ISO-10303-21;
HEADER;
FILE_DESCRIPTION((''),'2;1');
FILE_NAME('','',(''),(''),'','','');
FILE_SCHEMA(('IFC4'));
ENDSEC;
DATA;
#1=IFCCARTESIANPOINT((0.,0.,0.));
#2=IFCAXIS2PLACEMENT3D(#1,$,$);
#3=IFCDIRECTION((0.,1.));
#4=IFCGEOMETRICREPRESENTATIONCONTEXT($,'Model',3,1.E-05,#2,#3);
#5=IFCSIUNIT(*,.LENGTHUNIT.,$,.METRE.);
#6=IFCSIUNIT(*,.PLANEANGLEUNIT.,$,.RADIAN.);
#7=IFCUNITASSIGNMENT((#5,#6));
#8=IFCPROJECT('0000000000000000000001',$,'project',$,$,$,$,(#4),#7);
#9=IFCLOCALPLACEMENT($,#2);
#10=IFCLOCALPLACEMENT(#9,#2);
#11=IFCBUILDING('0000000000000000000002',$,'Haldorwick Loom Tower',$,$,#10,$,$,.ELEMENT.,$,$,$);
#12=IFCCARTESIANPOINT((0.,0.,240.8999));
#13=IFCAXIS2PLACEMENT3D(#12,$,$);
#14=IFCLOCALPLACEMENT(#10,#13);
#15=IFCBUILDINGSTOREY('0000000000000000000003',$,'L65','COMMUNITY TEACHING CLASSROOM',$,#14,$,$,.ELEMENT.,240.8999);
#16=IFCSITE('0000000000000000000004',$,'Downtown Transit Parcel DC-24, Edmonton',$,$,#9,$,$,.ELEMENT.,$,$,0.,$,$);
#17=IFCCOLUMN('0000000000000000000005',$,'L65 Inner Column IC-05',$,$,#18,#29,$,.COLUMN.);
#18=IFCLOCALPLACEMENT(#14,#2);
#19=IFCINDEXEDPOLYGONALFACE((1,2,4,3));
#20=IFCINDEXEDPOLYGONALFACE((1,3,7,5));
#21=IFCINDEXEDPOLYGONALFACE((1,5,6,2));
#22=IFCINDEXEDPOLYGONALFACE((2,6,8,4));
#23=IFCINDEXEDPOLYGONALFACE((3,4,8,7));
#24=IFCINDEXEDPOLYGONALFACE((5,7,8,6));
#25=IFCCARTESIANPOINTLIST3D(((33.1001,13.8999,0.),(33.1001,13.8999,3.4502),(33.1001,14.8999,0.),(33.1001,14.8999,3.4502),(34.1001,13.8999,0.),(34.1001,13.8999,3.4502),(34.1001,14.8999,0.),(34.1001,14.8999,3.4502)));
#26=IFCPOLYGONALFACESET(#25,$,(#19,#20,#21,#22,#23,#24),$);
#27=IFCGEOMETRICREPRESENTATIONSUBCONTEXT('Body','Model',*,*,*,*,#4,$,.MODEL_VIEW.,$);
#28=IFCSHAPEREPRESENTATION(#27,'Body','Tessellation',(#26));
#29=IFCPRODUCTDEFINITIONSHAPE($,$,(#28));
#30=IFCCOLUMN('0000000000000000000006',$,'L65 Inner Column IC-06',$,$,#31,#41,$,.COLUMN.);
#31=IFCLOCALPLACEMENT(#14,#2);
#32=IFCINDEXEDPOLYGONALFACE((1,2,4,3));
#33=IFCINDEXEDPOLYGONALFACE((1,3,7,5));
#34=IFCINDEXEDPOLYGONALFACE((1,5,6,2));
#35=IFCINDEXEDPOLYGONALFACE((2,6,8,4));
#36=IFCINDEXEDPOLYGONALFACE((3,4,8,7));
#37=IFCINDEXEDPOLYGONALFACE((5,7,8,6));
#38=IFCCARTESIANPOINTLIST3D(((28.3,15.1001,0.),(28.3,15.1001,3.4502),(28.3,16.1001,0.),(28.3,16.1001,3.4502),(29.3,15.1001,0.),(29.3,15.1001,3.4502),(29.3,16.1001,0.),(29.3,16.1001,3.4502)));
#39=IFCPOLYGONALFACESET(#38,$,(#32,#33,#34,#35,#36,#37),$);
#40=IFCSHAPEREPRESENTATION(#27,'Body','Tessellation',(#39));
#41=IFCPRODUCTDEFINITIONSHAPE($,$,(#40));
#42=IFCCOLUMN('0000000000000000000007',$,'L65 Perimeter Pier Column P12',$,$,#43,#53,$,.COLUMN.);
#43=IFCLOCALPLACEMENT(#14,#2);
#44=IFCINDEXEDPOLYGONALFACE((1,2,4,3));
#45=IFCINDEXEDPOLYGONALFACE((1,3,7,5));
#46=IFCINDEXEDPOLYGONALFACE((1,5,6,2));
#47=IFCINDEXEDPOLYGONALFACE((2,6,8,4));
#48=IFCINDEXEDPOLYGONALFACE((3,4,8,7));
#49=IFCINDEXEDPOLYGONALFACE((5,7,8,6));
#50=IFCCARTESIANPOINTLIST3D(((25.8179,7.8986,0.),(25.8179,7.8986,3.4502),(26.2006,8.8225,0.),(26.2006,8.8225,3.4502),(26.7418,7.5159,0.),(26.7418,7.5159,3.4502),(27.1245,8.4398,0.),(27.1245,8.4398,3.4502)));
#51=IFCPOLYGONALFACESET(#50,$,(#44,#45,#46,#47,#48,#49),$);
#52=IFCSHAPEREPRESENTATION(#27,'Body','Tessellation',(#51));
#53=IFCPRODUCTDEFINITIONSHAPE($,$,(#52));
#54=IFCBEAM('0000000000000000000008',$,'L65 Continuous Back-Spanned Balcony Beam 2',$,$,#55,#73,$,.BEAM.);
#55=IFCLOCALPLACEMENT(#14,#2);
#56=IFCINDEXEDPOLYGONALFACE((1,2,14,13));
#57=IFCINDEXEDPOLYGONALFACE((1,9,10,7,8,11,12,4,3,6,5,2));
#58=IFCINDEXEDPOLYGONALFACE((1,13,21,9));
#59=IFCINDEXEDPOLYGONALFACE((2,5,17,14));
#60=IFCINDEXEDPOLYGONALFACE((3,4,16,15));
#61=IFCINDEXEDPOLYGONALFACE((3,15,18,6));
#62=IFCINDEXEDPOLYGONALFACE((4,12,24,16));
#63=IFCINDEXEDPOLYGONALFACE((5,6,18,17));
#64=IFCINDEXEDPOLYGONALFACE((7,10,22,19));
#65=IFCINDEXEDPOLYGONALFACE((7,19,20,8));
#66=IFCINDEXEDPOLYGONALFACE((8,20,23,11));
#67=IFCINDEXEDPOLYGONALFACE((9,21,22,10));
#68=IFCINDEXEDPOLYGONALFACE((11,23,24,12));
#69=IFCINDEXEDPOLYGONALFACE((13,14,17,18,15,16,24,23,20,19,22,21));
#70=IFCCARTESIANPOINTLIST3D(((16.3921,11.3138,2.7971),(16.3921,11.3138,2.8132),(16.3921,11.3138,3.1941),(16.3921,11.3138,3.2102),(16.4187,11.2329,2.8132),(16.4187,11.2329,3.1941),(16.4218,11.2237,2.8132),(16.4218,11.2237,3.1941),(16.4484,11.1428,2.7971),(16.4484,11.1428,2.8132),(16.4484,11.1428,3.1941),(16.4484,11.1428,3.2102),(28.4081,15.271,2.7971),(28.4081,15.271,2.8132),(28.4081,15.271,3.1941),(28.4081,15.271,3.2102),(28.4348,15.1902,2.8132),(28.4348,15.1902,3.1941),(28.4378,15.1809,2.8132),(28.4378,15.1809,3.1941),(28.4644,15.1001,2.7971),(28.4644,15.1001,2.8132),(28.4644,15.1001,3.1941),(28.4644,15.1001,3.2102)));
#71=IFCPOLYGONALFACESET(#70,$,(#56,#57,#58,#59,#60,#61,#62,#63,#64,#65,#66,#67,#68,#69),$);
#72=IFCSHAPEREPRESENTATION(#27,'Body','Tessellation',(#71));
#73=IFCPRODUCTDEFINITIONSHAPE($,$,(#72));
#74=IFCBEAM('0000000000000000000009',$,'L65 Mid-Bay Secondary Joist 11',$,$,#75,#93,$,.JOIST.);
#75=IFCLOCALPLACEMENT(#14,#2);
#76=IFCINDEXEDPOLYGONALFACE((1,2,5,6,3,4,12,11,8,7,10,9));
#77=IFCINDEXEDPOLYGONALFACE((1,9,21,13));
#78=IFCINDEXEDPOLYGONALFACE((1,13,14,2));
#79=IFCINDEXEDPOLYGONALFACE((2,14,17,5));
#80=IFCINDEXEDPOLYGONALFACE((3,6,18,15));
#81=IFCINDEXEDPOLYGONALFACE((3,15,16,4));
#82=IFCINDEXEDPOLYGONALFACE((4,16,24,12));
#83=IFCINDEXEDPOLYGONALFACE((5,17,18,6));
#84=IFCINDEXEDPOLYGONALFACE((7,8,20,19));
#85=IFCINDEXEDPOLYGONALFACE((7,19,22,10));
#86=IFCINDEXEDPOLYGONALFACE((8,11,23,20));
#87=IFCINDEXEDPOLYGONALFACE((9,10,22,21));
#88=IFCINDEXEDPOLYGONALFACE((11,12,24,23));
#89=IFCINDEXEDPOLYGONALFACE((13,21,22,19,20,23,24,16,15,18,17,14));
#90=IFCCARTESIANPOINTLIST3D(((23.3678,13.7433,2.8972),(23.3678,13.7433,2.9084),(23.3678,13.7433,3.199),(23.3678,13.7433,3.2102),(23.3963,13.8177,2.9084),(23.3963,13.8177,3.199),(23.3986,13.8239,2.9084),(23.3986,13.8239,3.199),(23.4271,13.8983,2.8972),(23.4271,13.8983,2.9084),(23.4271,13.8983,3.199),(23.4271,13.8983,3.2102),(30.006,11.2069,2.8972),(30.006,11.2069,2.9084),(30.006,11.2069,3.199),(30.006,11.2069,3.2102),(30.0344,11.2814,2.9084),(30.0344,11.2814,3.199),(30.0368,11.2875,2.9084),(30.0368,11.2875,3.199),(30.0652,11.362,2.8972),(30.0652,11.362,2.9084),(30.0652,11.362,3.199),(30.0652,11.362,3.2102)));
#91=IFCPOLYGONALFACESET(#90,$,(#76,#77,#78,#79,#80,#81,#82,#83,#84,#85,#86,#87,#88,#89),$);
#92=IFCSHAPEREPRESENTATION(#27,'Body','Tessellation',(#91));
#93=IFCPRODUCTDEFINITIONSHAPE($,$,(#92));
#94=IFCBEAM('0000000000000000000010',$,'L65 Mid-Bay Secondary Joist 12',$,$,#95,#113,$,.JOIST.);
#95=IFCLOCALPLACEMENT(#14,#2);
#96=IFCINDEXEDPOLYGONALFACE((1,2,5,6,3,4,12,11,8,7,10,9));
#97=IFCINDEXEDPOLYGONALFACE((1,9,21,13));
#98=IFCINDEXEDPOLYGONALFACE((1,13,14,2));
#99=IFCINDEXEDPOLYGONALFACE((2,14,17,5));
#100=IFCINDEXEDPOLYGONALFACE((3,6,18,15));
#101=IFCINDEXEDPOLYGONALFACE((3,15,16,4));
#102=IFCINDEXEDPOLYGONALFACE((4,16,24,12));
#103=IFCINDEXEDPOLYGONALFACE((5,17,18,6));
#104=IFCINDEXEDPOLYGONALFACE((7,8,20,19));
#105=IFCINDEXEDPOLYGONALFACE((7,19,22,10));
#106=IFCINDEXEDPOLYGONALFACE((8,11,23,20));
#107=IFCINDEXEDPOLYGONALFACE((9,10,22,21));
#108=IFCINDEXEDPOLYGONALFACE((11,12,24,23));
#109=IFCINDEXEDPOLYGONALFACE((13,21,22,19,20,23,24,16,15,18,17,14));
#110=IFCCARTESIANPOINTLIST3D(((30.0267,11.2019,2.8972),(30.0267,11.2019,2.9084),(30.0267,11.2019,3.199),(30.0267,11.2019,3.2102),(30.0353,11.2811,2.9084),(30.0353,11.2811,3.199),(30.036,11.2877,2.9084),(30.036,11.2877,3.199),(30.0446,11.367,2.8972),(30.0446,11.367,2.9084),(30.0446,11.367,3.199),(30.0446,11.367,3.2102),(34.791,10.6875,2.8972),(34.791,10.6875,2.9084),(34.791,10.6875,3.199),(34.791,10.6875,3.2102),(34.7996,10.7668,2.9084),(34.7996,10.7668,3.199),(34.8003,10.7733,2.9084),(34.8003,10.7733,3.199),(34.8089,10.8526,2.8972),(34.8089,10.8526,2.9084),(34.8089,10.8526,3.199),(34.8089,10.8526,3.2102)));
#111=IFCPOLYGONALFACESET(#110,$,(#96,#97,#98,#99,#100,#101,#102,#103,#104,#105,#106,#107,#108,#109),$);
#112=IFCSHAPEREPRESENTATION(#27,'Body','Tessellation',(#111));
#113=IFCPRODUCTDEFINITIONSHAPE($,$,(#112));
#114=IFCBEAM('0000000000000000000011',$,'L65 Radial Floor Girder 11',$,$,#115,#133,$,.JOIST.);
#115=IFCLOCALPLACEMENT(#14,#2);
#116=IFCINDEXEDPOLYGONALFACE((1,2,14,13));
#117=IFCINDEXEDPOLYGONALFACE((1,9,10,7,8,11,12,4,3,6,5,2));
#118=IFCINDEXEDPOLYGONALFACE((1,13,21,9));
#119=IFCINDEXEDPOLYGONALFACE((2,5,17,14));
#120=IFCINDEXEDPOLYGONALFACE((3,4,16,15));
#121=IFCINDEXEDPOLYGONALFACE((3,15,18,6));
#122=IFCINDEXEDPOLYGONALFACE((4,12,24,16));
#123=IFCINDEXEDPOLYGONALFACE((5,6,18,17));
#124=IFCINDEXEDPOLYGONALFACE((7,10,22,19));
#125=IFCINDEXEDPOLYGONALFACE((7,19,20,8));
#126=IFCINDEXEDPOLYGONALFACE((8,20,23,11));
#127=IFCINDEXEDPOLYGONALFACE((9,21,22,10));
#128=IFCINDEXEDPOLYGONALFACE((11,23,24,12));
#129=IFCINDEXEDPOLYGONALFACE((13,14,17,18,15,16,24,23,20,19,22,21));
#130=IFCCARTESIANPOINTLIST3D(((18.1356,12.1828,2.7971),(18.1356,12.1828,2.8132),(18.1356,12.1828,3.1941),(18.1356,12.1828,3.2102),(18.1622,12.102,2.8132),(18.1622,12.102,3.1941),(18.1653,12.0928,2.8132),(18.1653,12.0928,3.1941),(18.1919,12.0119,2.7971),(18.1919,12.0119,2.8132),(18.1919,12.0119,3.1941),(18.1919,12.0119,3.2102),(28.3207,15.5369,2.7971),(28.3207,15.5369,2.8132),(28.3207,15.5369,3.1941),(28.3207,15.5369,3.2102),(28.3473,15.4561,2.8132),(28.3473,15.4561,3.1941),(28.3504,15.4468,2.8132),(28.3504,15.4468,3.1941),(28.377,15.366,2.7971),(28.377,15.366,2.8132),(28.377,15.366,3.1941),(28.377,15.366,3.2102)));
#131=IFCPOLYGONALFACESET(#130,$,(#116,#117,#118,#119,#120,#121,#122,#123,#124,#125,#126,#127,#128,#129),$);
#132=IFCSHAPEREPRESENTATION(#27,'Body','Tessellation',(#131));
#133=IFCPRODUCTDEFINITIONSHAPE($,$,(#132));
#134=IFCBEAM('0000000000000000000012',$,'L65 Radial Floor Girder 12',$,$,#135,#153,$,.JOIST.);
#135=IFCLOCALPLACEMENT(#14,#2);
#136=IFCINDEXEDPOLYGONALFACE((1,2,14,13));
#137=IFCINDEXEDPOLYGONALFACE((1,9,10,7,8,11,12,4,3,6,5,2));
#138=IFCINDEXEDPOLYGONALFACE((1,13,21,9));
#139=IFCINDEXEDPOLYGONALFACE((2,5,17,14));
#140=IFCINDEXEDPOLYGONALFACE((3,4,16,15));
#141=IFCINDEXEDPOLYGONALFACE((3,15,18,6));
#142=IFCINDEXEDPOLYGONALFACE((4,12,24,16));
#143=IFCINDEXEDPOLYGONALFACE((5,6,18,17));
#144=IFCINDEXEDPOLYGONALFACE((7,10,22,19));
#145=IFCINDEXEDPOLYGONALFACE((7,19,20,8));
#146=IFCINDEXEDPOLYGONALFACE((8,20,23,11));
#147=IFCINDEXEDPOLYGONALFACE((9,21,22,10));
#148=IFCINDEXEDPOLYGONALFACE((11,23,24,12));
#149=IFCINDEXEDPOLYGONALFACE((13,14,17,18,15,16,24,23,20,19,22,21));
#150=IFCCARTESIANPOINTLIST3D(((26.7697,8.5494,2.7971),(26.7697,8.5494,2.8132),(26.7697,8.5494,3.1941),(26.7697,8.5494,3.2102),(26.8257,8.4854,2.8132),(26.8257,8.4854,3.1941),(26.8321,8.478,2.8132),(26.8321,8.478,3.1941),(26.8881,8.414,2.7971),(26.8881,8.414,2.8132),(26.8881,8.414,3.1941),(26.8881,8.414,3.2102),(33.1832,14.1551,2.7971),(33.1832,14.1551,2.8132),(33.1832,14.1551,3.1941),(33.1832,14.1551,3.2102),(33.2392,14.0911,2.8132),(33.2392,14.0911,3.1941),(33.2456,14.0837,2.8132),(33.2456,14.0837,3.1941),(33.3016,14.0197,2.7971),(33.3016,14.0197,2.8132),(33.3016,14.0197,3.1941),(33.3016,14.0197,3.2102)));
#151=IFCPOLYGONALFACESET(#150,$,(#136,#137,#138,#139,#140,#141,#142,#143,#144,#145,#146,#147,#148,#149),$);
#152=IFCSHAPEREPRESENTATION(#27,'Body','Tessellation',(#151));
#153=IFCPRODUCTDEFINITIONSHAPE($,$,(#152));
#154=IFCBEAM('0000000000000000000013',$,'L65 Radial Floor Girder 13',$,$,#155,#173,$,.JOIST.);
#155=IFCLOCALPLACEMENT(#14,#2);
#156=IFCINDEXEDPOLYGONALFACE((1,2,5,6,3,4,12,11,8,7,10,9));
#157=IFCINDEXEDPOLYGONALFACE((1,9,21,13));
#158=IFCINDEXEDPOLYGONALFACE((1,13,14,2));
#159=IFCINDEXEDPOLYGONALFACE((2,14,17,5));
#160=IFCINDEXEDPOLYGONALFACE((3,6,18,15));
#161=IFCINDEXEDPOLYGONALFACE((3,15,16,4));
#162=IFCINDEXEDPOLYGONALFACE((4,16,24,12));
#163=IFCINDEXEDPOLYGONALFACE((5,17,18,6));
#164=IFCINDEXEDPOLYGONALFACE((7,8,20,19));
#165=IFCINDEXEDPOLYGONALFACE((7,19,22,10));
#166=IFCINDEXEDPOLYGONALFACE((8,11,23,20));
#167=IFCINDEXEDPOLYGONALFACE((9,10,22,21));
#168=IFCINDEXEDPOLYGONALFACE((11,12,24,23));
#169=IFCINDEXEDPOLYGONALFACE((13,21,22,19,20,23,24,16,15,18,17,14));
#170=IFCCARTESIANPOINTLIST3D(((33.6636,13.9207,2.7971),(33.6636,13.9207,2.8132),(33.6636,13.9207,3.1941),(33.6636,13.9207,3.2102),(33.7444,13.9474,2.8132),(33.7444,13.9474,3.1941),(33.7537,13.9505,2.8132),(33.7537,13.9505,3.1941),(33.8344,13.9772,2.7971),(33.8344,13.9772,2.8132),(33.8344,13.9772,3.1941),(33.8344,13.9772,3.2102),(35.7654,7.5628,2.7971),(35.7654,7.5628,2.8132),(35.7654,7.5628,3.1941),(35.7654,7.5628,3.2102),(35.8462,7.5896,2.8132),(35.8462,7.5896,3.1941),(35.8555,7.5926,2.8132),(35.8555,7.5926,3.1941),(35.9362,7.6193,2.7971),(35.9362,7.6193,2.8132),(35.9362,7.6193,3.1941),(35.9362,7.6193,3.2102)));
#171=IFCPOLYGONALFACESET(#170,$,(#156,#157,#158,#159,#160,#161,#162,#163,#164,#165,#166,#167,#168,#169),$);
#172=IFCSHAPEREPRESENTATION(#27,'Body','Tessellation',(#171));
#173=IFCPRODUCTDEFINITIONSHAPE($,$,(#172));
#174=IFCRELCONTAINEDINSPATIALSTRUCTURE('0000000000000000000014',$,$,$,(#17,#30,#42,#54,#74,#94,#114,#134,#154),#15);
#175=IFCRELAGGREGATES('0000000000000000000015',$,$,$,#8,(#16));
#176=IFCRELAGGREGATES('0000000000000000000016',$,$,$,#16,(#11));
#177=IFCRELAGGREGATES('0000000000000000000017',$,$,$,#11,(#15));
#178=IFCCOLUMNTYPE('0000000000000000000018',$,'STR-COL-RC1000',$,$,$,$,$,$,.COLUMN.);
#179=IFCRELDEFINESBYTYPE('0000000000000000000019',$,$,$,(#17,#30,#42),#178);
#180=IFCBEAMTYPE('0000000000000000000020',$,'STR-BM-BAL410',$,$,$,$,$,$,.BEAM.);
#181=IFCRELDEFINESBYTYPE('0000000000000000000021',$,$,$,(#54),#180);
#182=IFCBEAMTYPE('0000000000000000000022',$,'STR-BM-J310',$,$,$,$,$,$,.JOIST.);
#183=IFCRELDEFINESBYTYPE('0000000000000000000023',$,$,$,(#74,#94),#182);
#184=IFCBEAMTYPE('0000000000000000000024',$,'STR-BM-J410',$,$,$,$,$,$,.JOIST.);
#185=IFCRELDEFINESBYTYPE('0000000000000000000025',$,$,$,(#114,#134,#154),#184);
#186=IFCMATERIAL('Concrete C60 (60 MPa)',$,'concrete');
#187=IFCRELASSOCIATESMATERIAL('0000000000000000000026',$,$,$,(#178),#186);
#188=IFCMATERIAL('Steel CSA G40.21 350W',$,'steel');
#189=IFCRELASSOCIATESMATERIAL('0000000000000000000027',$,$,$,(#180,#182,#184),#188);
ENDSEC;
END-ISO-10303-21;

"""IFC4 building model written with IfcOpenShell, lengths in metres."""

from ifc_helpers import new_model, si_unit, direction, frame, origin, origin_2d, place, context, subcontext, project, spatial, rectangle, i_section, extrude, material, material_profile, profile_set, type_object, element, save


model = new_model("IFC4")

# Units and contexts
model_context = context("Model", 3, precision=1e-05, world=origin(), true_north=direction((0.0, 1.0)))
body_context = subcontext(model_context, "Body", "Model", "MODEL_VIEW")
ifc_project = project(units=[si_unit("LENGTHUNIT", "METRE"), si_unit("PLANEANGLEUNIT", "RADIAN")], contexts=[model_context])

# Site, building, storey
site_placement = place(None, origin())
site = spatial("IfcSite", under=ifc_project, at=site_placement, Name="Downtown Transit Parcel DC-24, Edmonton", CompositionType="ELEMENT", RefElevation=0.0)
building_placement = place(site_placement, origin())
building = spatial("IfcBuilding", under=site, at=building_placement, Name="Haldorwick Loom Tower", CompositionType="ELEMENT")
storey_placement = place(building_placement, frame((0.0, 0.0, 240.8999)))
storey = spatial("IfcBuildingStorey", under=building, at=storey_placement, Name="L65", Description="COMMUNITY TEACHING CLASSROOM", CompositionType="ELEMENT", Elevation=240.8999)

# Columns
ifc_material_1 = material(Name="Concrete C60 (60 MPa)", Category="concrete")
ifc_material_profile_1 = material_profile(ifc_material_1, rectangle(XDim=1.0, YDim=1.0, at=origin_2d()), Name="RC1000X1000", Category="concrete")
ifc_profile_set_1 = profile_set([ifc_material_profile_1], Name="Concrete C60 (60 MPa)")
column_type = type_object("IfcColumnType", Name="STR-COL-RC1000", PredefinedType="COLUMN", material=ifc_profile_set_1)
for number, where, z_axis, x_axis, name in (
    (1, (33.6001, 14.3999, 0.0), (0.0, 0.0, 1.0), (1.0, 0.0, 0.0), "L65 Inner Column IC-05"),
    (2, (28.8, 15.6001, 0.0), (0.0, 0.0, 1.0), (1.0, 0.0, 0.0), "L65 Inner Column IC-06"),
    (3, (26.4712, 8.1692, 0.0), (0.0, 0.0, 1.0), (-0.382683, -0.92388, 0.0), "L65 Perimeter Pier Column P12"),
):
    element("IfcColumn", number, at=place(storey_placement, frame(where, z_axis=z_axis, x_axis=x_axis)), inside=storey, type_object=column_type, Name=name, PredefinedType="COLUMN", context=body_context, shape_type="SweptSolid", body=[
        extrude(rectangle(XDim=1.0, YDim=1.0, at=origin_2d()), origin(), (0.0, 0.0, 1.0), 3.4502),
    ])

# Beams
ifc_material_2 = material(Name="Steel CSA G40.21 350W", Category="steel")
ifc_material_profile_2 = material_profile(ifc_material_2, i_section(OverallWidth=0.1799, OverallDepth=0.4131, WebThickness=0.0098, FlangeThickness=0.0161, at=origin_2d()), Name="W410X74", Category="steel")
ifc_profile_set_2 = profile_set([ifc_material_profile_2], Name="Steel CSA G40.21 350W")
beam_type_1 = type_object("IfcBeamType", Name="STR-BM-BAL410", PredefinedType="BEAM", material=ifc_profile_set_2)
beam_1_placement = place(storey_placement, frame((28.4363, 15.1855, 3.0037), z_axis=(-0.949818, -0.312804, 0.0), x_axis=(0.312804, -0.949818, 0.0)))
element("IfcBeam", 4, at=beam_1_placement, inside=storey, type_object=beam_type_1, Name="L65 Continuous Back-Spanned Balcony Beam 2", PredefinedType="BEAM", context=body_context, shape_type="SweptSolid", body=[
    extrude(i_section(OverallWidth=0.1799, OverallDepth=0.4131, WebThickness=0.0098, FlangeThickness=0.0161, at=origin_2d()), origin(), (0.0, 0.0, 1.0), 12.6509),
])
ifc_material_profile_3 = material_profile(ifc_material_2, i_section(OverallWidth=0.166, OverallDepth=0.313, WebThickness=0.0066, FlangeThickness=0.0112, at=origin_2d()), Name="W310X45", Category="steel")
ifc_profile_set_3 = profile_set([ifc_material_profile_3], Name="Steel CSA G40.21 350W")
beam_type_2 = type_object("IfcBeamType", Name="STR-BM-J310", PredefinedType="JOIST", material=ifc_profile_set_3)
beam_2_placement = place(storey_placement, frame((23.3975, 13.8208, 3.0537), z_axis=(0.934134, -0.356922, 0.0), x_axis=(0.356922, 0.934134, 0.0)))
element("IfcBeam", 5, at=beam_2_placement, inside=storey, type_object=beam_type_2, Name="L65 Mid-Bay Secondary Joist 11", PredefinedType="JOIST", context=body_context, shape_type="SweptSolid", body=[
    extrude(i_section(OverallWidth=0.166, OverallDepth=0.313, WebThickness=0.0066, FlangeThickness=0.0112, at=origin_2d()), origin(), (0.0, 0.0, 1.0), 7.1062),
])
beam_3_placement = place(storey_placement, frame((30.0356, 11.2844, 3.0537), z_axis=(0.994222, -0.107344, 0.0), x_axis=(0.107344, 0.994222, 0.0)))
element("IfcBeam", 6, at=beam_3_placement, inside=storey, type_object=beam_type_2, Name="L65 Mid-Bay Secondary Joist 12", PredefinedType="JOIST", context=body_context, shape_type="SweptSolid", body=[
    extrude(i_section(OverallWidth=0.166, OverallDepth=0.313, WebThickness=0.0066, FlangeThickness=0.0112, at=origin_2d()), origin(), (0.0, 0.0, 1.0), 4.792),
])
ifc_material_profile_4 = material_profile(ifc_material_2, i_section(OverallWidth=0.1799, OverallDepth=0.4131, WebThickness=0.0098, FlangeThickness=0.0161, at=origin_2d()), Name="W410X74", Category="steel")
ifc_profile_set_4 = profile_set([ifc_material_profile_4], Name="Steel CSA G40.21 350W")
beam_type_3 = type_object("IfcBeamType", Name="STR-BM-J410", PredefinedType="JOIST", material=ifc_profile_set_4)
beam_4_placement = place(storey_placement, frame((28.3489, 15.4514, 3.0037), z_axis=(-0.949825, -0.312783, 0.0), x_axis=(0.312783, -0.949825, 0.0)))
element("IfcBeam", 7, at=beam_4_placement, inside=storey, type_object=beam_type_3, Name="L65 Radial Floor Girder 11", PredefinedType="JOIST", context=body_context, shape_type="SweptSolid", body=[
    extrude(i_section(OverallWidth=0.1799, OverallDepth=0.4131, WebThickness=0.0098, FlangeThickness=0.0161, at=origin_2d()), origin(), (0.0, 0.0, 1.0), 10.7231),
])
beam_5_placement = place(storey_placement, frame((33.2424, 14.0874, 3.0037), z_axis=(-0.752935, -0.658095, 0.0), x_axis=(0.658095, -0.752935, 0.0)))
element("IfcBeam", 8, at=beam_5_placement, inside=storey, type_object=beam_type_3, Name="L65 Radial Floor Girder 12", PredefinedType="JOIST", context=body_context, shape_type="SweptSolid", body=[
    extrude(i_section(OverallWidth=0.1799, OverallDepth=0.4131, WebThickness=0.0098, FlangeThickness=0.0161, at=origin_2d()), origin(), (0.0, 0.0, 1.0), 8.5181),
])
beam_6_placement = place(storey_placement, frame((33.749, 13.949, 3.0037), z_axis=(0.313875, -0.949464, 0.0), x_axis=(0.949464, 0.313875, 0.0)))
element("IfcBeam", 9, at=beam_6_placement, inside=storey, type_object=beam_type_3, Name="L65 Radial Floor Girder 13", PredefinedType="JOIST", context=body_context, shape_type="SweptSolid", body=[
    extrude(i_section(OverallWidth=0.1799, OverallDepth=0.4131, WebThickness=0.0098, FlangeThickness=0.0161, at=origin_2d()), origin(), (0.0, 0.0, 1.0), 6.6963),
])

save(model, "model.ifc")
